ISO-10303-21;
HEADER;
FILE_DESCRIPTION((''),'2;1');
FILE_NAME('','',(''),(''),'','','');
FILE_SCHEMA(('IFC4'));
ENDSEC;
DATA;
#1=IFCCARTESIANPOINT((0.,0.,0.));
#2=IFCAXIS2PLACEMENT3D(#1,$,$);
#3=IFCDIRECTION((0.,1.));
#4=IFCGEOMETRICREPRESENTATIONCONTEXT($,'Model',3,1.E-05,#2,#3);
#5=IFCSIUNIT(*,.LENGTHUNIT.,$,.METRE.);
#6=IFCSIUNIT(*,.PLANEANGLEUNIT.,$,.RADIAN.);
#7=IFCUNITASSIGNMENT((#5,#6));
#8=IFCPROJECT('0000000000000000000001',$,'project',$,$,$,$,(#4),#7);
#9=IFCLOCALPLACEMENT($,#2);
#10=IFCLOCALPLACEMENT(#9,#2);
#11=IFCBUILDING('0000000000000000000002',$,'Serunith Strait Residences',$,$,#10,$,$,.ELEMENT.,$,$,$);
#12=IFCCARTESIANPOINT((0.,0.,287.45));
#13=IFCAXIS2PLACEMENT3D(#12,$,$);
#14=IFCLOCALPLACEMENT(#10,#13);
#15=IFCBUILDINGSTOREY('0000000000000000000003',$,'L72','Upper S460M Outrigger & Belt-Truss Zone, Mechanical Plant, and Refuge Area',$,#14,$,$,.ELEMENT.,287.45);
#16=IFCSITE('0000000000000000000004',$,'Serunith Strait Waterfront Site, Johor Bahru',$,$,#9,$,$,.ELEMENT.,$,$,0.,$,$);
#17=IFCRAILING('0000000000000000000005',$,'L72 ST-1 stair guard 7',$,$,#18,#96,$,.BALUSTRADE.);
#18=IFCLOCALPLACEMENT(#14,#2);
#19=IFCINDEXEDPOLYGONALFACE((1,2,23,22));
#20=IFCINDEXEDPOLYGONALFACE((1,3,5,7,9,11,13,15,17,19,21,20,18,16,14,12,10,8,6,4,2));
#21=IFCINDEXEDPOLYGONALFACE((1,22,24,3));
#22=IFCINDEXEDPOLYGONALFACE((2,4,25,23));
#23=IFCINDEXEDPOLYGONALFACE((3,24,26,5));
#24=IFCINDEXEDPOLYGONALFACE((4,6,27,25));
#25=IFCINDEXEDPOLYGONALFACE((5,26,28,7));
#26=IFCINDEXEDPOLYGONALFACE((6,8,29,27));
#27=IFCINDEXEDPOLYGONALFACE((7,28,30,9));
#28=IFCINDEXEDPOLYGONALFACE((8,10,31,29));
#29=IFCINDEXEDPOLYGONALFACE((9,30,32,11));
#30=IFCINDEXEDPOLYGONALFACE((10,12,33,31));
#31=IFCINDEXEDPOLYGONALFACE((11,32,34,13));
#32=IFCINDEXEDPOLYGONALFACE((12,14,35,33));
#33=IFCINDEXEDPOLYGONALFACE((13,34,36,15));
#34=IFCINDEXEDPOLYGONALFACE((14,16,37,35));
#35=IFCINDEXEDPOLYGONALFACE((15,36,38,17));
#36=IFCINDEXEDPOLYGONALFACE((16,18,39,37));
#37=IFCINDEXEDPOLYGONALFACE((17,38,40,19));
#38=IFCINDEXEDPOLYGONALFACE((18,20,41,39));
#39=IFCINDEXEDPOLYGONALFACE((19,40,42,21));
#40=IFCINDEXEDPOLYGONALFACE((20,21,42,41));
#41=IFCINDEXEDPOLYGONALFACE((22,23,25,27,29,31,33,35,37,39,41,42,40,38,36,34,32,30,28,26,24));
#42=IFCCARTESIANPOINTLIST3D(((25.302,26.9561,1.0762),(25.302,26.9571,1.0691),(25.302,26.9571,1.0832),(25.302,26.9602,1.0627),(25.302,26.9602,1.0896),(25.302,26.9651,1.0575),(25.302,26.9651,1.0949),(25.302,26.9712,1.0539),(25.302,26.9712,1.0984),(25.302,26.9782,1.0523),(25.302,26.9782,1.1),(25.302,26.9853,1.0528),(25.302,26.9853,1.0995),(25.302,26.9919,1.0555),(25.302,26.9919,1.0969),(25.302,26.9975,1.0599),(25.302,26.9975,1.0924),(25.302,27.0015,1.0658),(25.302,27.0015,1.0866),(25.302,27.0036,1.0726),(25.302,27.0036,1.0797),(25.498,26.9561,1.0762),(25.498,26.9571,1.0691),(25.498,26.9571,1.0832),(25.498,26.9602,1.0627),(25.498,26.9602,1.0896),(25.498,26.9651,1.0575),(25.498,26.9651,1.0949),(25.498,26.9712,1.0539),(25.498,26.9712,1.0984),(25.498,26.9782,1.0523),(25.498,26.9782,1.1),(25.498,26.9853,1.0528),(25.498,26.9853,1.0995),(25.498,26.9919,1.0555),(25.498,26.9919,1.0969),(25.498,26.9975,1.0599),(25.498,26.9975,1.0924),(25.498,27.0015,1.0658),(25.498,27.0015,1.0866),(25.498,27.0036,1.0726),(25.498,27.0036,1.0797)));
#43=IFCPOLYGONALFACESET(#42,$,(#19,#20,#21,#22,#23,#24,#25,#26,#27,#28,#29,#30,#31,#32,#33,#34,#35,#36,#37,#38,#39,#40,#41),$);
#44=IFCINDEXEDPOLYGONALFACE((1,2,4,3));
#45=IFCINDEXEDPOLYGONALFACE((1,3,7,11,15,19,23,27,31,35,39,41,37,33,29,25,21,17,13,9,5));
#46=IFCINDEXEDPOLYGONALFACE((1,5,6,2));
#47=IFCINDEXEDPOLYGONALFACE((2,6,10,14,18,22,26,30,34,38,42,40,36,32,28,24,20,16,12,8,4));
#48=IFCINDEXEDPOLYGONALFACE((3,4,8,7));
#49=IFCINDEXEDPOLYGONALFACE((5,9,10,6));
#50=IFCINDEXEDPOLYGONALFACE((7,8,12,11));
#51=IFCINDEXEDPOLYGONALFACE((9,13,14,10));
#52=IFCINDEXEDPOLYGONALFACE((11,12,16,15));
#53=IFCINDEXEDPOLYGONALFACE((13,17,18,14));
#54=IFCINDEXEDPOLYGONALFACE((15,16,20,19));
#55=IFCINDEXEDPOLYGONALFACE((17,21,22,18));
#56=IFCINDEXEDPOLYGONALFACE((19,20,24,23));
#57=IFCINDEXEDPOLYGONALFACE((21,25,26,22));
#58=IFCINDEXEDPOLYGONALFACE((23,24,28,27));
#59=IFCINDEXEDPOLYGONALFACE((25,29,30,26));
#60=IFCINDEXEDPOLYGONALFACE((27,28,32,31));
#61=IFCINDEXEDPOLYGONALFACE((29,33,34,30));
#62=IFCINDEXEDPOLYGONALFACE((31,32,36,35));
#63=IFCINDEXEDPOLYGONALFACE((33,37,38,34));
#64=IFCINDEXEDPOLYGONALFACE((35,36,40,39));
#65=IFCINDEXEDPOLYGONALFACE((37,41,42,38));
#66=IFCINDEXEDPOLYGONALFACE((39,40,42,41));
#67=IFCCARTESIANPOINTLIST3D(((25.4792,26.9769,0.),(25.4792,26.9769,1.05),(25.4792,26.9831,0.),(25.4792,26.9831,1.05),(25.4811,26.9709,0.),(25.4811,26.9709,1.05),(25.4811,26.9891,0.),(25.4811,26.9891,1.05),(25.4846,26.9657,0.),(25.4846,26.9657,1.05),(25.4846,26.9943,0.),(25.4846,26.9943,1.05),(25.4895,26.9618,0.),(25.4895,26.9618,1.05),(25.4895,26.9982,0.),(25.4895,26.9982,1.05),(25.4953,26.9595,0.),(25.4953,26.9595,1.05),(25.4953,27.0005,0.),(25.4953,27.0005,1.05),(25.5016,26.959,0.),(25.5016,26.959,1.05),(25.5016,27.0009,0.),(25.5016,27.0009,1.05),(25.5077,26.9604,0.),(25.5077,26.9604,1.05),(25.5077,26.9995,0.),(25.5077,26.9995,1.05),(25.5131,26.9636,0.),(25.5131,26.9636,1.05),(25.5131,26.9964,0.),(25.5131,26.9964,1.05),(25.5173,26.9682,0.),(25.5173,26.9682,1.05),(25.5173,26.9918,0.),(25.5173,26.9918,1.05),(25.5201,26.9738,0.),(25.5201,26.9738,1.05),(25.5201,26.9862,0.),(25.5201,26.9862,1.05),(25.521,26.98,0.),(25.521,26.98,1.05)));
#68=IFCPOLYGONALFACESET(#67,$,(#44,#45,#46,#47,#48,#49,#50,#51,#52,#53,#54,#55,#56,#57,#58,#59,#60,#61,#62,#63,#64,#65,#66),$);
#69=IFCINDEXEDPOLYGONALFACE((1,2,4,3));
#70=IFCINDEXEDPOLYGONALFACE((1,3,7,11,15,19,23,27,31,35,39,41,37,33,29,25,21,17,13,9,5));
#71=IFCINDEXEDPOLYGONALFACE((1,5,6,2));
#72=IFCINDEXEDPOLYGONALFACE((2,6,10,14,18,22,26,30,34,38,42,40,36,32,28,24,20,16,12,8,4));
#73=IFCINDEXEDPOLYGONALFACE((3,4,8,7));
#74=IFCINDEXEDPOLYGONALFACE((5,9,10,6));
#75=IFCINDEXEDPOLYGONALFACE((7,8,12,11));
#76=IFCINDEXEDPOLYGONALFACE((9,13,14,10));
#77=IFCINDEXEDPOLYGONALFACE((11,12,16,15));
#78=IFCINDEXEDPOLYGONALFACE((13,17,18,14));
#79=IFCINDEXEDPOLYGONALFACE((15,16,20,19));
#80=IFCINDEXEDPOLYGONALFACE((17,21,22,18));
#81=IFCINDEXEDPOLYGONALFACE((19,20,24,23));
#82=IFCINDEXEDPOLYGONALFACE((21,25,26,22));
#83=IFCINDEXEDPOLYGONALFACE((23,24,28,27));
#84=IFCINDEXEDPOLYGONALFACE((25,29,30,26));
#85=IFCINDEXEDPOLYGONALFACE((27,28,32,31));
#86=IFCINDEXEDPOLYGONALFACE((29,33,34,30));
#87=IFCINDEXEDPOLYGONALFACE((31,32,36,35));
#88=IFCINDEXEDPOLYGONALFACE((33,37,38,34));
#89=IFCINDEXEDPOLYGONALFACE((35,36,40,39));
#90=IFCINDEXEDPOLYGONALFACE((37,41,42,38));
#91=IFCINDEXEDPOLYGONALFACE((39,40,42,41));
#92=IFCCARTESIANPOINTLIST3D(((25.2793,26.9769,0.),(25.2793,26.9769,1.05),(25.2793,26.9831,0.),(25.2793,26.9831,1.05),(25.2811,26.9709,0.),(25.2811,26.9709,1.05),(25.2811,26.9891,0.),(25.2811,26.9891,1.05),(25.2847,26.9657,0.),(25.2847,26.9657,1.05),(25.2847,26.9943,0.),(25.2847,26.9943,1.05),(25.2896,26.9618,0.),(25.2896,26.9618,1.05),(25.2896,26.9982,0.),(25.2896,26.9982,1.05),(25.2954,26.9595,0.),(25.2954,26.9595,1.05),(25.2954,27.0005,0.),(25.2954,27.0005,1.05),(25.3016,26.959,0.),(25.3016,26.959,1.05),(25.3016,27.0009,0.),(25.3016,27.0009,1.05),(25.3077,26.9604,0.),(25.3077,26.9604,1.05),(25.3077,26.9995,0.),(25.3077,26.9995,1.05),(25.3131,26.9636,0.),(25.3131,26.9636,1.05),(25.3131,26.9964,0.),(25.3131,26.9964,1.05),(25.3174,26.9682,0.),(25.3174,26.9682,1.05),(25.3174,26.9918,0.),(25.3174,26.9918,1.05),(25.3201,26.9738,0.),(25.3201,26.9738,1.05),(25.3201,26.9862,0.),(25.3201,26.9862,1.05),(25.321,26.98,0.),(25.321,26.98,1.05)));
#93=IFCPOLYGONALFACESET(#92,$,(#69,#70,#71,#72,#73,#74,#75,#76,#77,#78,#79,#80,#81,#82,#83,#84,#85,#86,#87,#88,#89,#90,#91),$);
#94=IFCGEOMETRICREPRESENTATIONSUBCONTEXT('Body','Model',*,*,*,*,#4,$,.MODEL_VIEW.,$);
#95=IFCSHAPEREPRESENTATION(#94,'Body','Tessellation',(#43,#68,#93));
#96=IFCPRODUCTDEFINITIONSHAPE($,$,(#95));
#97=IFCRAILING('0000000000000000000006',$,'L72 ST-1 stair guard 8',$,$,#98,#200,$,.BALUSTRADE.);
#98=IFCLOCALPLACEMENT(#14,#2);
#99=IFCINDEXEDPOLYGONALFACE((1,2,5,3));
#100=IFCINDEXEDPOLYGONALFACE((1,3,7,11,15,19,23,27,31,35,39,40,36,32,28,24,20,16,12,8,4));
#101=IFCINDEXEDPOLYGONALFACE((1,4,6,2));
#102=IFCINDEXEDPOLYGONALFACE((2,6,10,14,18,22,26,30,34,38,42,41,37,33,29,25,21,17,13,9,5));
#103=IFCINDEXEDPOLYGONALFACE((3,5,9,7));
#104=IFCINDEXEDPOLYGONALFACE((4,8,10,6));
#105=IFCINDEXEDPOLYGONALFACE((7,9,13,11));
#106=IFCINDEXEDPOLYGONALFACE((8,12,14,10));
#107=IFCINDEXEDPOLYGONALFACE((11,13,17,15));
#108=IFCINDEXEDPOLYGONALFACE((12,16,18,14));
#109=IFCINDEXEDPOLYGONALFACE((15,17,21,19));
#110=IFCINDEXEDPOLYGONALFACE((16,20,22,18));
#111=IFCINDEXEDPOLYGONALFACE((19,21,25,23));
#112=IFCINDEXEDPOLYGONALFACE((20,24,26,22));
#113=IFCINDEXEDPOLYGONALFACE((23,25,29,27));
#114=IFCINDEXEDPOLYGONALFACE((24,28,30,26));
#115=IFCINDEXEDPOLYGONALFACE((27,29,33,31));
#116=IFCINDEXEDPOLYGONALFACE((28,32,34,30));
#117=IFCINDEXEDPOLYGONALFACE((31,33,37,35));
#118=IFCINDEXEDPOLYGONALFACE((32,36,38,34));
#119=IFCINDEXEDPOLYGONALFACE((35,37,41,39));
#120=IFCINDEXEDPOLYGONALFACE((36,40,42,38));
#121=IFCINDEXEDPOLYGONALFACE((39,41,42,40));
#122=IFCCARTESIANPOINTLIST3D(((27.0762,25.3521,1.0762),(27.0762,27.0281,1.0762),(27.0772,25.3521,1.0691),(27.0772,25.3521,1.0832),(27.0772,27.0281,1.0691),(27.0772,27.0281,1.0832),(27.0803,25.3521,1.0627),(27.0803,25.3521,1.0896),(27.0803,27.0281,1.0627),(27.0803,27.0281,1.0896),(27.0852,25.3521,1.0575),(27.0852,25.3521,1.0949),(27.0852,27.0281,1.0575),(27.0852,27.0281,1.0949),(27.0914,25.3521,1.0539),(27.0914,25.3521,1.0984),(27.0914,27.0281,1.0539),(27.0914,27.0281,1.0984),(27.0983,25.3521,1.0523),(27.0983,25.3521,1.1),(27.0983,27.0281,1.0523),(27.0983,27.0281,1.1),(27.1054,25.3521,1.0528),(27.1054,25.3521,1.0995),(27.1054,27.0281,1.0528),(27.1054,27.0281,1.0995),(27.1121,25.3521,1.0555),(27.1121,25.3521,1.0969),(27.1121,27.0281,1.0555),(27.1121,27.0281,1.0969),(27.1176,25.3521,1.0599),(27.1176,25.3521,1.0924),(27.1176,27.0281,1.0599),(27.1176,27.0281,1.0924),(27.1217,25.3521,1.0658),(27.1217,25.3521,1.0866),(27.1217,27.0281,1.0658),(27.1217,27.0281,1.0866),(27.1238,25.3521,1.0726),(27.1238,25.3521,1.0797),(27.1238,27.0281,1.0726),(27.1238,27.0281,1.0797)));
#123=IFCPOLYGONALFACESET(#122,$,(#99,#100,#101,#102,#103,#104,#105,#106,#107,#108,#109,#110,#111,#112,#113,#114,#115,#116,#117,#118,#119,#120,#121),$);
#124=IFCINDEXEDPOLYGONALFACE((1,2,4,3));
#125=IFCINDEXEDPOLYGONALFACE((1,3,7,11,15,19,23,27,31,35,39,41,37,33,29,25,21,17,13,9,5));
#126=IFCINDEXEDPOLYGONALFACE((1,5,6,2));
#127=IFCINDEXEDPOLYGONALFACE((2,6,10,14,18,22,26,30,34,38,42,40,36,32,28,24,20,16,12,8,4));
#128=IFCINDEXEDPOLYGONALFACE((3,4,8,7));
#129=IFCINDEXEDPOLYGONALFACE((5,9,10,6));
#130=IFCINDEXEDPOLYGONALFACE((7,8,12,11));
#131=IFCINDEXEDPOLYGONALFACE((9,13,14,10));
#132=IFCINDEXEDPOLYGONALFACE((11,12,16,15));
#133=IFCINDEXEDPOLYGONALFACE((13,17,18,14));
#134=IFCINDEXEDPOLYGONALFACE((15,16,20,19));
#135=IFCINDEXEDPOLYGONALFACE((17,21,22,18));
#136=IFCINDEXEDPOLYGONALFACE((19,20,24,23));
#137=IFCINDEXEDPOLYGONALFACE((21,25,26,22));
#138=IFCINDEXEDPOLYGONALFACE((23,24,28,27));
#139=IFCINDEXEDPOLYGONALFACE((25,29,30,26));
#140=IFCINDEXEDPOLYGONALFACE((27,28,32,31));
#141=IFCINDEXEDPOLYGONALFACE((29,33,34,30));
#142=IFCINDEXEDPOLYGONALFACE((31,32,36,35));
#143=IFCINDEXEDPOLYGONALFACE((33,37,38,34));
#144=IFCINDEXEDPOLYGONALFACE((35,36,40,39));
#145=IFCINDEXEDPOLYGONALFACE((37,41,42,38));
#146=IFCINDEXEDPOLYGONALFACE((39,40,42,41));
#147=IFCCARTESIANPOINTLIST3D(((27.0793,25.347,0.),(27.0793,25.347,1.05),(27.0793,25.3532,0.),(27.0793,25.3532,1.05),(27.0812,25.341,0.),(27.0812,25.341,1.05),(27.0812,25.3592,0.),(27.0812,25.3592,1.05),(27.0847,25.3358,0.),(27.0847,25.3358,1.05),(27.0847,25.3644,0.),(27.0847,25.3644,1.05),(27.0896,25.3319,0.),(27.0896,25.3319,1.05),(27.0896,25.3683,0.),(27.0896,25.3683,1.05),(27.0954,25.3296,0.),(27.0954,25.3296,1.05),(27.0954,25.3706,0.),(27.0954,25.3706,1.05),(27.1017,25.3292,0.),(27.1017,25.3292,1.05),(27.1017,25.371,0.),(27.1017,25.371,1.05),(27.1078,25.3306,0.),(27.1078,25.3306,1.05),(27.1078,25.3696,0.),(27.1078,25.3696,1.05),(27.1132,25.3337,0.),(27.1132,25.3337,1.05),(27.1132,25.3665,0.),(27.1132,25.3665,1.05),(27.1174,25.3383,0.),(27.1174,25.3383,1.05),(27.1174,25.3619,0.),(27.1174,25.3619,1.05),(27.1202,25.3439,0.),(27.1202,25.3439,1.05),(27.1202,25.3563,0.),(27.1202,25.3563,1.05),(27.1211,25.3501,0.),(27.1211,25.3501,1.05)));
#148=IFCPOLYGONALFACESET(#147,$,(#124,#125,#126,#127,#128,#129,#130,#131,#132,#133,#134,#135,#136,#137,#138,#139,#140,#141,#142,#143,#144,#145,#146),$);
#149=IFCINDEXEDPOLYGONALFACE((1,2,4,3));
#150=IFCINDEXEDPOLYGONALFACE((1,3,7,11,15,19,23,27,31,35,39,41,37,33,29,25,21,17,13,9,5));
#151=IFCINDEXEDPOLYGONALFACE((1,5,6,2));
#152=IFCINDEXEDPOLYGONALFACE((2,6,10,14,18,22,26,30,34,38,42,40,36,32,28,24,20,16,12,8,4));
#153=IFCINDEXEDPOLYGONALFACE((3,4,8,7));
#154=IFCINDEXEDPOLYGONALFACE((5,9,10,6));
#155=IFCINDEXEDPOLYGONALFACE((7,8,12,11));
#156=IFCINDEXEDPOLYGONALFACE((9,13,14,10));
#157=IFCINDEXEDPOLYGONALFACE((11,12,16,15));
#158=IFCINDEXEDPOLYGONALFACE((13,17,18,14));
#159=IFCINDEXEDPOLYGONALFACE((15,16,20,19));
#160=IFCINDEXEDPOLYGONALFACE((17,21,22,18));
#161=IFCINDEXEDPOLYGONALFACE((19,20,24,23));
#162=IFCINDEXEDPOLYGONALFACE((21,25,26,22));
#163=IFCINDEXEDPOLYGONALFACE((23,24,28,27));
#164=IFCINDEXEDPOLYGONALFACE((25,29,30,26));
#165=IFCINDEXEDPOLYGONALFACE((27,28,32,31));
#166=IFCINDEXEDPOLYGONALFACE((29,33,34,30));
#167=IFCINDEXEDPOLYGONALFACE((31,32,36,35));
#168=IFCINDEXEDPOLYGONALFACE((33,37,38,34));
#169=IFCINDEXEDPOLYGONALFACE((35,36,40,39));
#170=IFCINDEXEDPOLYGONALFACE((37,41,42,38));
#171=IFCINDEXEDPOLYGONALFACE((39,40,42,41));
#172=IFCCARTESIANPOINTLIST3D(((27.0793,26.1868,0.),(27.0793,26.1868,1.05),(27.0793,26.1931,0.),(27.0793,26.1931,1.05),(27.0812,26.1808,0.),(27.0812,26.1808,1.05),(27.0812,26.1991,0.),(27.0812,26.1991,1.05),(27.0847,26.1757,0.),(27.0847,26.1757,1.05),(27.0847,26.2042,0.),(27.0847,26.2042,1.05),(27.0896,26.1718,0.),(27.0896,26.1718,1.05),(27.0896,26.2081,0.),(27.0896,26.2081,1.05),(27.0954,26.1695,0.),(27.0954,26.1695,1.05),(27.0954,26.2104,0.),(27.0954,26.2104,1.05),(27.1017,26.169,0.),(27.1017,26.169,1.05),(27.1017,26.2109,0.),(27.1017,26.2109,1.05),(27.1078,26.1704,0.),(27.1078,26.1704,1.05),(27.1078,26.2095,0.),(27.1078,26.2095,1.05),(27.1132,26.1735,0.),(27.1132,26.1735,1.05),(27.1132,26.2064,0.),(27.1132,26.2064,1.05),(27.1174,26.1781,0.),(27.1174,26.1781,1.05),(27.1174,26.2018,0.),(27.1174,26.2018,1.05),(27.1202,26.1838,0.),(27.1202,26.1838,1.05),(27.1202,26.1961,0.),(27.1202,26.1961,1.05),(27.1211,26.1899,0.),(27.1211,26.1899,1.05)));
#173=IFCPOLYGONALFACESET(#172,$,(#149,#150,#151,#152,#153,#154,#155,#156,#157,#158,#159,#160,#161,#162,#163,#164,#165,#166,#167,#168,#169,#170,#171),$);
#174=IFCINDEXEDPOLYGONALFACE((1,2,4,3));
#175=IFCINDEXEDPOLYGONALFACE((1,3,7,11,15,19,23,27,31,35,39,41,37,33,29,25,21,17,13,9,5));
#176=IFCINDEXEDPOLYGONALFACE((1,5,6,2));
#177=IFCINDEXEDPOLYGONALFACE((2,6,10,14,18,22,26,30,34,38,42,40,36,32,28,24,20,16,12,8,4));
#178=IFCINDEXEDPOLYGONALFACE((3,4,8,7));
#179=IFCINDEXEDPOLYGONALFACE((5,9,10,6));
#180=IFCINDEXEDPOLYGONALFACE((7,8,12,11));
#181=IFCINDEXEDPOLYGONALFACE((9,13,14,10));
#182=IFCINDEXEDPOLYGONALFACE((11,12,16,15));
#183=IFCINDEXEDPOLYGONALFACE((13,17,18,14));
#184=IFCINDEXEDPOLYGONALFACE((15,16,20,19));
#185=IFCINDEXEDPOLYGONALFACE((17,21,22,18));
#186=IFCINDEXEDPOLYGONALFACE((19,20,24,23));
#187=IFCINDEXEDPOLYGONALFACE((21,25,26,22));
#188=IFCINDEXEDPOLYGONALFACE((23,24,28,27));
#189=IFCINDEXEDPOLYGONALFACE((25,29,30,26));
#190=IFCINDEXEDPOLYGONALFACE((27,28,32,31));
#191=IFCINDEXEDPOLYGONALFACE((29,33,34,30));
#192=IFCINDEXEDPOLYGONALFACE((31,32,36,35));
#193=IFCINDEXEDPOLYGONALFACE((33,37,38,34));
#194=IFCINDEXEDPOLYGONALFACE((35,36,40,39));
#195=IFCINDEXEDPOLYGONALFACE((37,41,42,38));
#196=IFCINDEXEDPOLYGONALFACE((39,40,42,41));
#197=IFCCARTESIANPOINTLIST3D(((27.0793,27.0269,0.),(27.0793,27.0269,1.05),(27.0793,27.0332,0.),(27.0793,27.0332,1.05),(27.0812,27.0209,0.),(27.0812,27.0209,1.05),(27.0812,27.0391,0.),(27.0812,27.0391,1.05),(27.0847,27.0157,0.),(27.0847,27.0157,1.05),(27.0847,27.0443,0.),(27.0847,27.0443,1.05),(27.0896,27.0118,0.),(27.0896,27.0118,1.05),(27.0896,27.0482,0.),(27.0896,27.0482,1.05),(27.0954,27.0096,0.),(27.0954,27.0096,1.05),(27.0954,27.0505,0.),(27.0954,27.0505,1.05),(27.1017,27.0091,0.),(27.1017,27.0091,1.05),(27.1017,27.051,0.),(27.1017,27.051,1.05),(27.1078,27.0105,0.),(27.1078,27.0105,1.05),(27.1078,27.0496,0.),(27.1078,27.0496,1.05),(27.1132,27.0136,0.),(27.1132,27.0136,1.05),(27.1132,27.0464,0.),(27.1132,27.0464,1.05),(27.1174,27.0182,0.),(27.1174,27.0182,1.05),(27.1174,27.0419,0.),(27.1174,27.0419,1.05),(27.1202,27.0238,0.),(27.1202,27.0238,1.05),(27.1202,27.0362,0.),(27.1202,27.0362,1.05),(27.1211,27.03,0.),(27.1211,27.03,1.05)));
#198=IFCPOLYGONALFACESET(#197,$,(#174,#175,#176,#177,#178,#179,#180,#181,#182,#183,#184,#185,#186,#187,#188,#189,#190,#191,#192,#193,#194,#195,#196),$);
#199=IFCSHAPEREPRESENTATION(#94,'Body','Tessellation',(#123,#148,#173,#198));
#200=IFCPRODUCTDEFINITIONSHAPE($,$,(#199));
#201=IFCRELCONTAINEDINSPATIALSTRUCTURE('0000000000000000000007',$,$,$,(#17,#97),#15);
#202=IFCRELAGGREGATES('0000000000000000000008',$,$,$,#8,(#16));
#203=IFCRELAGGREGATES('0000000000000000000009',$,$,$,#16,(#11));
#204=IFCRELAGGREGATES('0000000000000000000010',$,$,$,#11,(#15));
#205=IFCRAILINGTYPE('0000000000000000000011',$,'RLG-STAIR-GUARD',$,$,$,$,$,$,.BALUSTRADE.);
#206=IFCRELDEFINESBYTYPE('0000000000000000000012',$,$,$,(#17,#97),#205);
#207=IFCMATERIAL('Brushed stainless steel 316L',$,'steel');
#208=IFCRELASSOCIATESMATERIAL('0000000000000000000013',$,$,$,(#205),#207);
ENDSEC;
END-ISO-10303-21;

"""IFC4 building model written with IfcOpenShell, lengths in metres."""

from ifc_helpers import new_model, si_unit, direction, frame, origin, origin_2d, place, context, subcontext, project, spatial, circle, extrude, material, type_object, element, save


model = new_model("IFC4")

# Units and contexts
model_context = context("Model", 3, precision=1e-05, world=origin(), true_north=direction((0.0, 1.0)))
body_context = subcontext(model_context, "Body", "Model", "MODEL_VIEW")
ifc_project = project(units=[si_unit("LENGTHUNIT", "METRE"), si_unit("PLANEANGLEUNIT", "RADIAN")], contexts=[model_context])

# Site, building, storey
site_placement = place(None, origin())
site = spatial("IfcSite", under=ifc_project, at=site_placement, Name="Serunith Strait Waterfront Site, Johor Bahru", CompositionType="ELEMENT", RefElevation=0.0)
building_placement = place(site_placement, origin())
building = spatial("IfcBuilding", under=site, at=building_placement, Name="Serunith Strait Residences", CompositionType="ELEMENT")
storey_placement = place(building_placement, frame((0.0, 0.0, 287.45)))
storey = spatial("IfcBuildingStorey", under=building, at=storey_placement, Name="L72", Description="Upper S460M Outrigger & Belt-Truss Zone, Mechanical Plant, and Refuge Area", CompositionType="ELEMENT", Elevation=287.45)

# Railings
ifc_material_1 = material(Name="Brushed stainless steel 316L", Category="steel")
railing_type_1 = type_object("IfcRailingType", Name="RLG-STAIR-GUARD", PredefinedType="BALUSTRADE", material=ifc_material_1)
railing_1_placement = place(storey_placement, frame((25.5, 26.98, 0.0)))
element("IfcRailing", 1, at=railing_1_placement, inside=storey, type_object=railing_type_1, Name="L72 ST-1 stair guard 7", PredefinedType="BALUSTRADE", context=body_context, shape_type="SweptSolid", body=[
    extrude(circle(Radius=0.0239, at=origin_2d()), frame((-0.002, 0.0, 1.0762), z_axis=(-1.0, 0.0, 0.0), x_axis=(0.0, -1.0, 0.0)), (0.0, 0.0, 1.0), 0.196),
    extrude(circle(Radius=0.021, at=origin_2d()), origin(), (0.0, 0.0, 1.0), 1.05),
    extrude(circle(Radius=0.021, at=origin_2d()), frame((-0.2, 0.0, 0.0)), (0.0, 0.0, 1.0), 1.05),
])
for number, where, name in (
    (2, (27.1001, 25.3501, 0.0), "L72 ST-1 stair guard 8"),
):
    element("IfcRailing", number, at=place(storey_placement, frame(where)), inside=storey, type_object=railing_type_1, Name=name, PredefinedType="BALUSTRADE", context=body_context, shape_type="SweptSolid", body=[
        extrude(circle(Radius=0.0239, at=origin_2d()), frame((0.0, 0.002, 1.0762), z_axis=(0.0, 1.0, 0.0), x_axis=(-1.0, 0.0, 0.0)), (0.0, 0.0, 1.0), 1.676),
        extrude(circle(Radius=0.021, at=origin_2d()), origin(), (0.0, 0.0, 1.0), 1.05),
        extrude(circle(Radius=0.021, at=origin_2d()), frame((0.0, 0.8398, 0.0)), (0.0, 0.0, 1.0), 1.05),
        extrude(circle(Radius=0.021, at=origin_2d()), frame((0.0, 1.6799, 0.0)), (0.0, 0.0, 1.0), 1.05),
    ])

save(model, "model.ifc")
